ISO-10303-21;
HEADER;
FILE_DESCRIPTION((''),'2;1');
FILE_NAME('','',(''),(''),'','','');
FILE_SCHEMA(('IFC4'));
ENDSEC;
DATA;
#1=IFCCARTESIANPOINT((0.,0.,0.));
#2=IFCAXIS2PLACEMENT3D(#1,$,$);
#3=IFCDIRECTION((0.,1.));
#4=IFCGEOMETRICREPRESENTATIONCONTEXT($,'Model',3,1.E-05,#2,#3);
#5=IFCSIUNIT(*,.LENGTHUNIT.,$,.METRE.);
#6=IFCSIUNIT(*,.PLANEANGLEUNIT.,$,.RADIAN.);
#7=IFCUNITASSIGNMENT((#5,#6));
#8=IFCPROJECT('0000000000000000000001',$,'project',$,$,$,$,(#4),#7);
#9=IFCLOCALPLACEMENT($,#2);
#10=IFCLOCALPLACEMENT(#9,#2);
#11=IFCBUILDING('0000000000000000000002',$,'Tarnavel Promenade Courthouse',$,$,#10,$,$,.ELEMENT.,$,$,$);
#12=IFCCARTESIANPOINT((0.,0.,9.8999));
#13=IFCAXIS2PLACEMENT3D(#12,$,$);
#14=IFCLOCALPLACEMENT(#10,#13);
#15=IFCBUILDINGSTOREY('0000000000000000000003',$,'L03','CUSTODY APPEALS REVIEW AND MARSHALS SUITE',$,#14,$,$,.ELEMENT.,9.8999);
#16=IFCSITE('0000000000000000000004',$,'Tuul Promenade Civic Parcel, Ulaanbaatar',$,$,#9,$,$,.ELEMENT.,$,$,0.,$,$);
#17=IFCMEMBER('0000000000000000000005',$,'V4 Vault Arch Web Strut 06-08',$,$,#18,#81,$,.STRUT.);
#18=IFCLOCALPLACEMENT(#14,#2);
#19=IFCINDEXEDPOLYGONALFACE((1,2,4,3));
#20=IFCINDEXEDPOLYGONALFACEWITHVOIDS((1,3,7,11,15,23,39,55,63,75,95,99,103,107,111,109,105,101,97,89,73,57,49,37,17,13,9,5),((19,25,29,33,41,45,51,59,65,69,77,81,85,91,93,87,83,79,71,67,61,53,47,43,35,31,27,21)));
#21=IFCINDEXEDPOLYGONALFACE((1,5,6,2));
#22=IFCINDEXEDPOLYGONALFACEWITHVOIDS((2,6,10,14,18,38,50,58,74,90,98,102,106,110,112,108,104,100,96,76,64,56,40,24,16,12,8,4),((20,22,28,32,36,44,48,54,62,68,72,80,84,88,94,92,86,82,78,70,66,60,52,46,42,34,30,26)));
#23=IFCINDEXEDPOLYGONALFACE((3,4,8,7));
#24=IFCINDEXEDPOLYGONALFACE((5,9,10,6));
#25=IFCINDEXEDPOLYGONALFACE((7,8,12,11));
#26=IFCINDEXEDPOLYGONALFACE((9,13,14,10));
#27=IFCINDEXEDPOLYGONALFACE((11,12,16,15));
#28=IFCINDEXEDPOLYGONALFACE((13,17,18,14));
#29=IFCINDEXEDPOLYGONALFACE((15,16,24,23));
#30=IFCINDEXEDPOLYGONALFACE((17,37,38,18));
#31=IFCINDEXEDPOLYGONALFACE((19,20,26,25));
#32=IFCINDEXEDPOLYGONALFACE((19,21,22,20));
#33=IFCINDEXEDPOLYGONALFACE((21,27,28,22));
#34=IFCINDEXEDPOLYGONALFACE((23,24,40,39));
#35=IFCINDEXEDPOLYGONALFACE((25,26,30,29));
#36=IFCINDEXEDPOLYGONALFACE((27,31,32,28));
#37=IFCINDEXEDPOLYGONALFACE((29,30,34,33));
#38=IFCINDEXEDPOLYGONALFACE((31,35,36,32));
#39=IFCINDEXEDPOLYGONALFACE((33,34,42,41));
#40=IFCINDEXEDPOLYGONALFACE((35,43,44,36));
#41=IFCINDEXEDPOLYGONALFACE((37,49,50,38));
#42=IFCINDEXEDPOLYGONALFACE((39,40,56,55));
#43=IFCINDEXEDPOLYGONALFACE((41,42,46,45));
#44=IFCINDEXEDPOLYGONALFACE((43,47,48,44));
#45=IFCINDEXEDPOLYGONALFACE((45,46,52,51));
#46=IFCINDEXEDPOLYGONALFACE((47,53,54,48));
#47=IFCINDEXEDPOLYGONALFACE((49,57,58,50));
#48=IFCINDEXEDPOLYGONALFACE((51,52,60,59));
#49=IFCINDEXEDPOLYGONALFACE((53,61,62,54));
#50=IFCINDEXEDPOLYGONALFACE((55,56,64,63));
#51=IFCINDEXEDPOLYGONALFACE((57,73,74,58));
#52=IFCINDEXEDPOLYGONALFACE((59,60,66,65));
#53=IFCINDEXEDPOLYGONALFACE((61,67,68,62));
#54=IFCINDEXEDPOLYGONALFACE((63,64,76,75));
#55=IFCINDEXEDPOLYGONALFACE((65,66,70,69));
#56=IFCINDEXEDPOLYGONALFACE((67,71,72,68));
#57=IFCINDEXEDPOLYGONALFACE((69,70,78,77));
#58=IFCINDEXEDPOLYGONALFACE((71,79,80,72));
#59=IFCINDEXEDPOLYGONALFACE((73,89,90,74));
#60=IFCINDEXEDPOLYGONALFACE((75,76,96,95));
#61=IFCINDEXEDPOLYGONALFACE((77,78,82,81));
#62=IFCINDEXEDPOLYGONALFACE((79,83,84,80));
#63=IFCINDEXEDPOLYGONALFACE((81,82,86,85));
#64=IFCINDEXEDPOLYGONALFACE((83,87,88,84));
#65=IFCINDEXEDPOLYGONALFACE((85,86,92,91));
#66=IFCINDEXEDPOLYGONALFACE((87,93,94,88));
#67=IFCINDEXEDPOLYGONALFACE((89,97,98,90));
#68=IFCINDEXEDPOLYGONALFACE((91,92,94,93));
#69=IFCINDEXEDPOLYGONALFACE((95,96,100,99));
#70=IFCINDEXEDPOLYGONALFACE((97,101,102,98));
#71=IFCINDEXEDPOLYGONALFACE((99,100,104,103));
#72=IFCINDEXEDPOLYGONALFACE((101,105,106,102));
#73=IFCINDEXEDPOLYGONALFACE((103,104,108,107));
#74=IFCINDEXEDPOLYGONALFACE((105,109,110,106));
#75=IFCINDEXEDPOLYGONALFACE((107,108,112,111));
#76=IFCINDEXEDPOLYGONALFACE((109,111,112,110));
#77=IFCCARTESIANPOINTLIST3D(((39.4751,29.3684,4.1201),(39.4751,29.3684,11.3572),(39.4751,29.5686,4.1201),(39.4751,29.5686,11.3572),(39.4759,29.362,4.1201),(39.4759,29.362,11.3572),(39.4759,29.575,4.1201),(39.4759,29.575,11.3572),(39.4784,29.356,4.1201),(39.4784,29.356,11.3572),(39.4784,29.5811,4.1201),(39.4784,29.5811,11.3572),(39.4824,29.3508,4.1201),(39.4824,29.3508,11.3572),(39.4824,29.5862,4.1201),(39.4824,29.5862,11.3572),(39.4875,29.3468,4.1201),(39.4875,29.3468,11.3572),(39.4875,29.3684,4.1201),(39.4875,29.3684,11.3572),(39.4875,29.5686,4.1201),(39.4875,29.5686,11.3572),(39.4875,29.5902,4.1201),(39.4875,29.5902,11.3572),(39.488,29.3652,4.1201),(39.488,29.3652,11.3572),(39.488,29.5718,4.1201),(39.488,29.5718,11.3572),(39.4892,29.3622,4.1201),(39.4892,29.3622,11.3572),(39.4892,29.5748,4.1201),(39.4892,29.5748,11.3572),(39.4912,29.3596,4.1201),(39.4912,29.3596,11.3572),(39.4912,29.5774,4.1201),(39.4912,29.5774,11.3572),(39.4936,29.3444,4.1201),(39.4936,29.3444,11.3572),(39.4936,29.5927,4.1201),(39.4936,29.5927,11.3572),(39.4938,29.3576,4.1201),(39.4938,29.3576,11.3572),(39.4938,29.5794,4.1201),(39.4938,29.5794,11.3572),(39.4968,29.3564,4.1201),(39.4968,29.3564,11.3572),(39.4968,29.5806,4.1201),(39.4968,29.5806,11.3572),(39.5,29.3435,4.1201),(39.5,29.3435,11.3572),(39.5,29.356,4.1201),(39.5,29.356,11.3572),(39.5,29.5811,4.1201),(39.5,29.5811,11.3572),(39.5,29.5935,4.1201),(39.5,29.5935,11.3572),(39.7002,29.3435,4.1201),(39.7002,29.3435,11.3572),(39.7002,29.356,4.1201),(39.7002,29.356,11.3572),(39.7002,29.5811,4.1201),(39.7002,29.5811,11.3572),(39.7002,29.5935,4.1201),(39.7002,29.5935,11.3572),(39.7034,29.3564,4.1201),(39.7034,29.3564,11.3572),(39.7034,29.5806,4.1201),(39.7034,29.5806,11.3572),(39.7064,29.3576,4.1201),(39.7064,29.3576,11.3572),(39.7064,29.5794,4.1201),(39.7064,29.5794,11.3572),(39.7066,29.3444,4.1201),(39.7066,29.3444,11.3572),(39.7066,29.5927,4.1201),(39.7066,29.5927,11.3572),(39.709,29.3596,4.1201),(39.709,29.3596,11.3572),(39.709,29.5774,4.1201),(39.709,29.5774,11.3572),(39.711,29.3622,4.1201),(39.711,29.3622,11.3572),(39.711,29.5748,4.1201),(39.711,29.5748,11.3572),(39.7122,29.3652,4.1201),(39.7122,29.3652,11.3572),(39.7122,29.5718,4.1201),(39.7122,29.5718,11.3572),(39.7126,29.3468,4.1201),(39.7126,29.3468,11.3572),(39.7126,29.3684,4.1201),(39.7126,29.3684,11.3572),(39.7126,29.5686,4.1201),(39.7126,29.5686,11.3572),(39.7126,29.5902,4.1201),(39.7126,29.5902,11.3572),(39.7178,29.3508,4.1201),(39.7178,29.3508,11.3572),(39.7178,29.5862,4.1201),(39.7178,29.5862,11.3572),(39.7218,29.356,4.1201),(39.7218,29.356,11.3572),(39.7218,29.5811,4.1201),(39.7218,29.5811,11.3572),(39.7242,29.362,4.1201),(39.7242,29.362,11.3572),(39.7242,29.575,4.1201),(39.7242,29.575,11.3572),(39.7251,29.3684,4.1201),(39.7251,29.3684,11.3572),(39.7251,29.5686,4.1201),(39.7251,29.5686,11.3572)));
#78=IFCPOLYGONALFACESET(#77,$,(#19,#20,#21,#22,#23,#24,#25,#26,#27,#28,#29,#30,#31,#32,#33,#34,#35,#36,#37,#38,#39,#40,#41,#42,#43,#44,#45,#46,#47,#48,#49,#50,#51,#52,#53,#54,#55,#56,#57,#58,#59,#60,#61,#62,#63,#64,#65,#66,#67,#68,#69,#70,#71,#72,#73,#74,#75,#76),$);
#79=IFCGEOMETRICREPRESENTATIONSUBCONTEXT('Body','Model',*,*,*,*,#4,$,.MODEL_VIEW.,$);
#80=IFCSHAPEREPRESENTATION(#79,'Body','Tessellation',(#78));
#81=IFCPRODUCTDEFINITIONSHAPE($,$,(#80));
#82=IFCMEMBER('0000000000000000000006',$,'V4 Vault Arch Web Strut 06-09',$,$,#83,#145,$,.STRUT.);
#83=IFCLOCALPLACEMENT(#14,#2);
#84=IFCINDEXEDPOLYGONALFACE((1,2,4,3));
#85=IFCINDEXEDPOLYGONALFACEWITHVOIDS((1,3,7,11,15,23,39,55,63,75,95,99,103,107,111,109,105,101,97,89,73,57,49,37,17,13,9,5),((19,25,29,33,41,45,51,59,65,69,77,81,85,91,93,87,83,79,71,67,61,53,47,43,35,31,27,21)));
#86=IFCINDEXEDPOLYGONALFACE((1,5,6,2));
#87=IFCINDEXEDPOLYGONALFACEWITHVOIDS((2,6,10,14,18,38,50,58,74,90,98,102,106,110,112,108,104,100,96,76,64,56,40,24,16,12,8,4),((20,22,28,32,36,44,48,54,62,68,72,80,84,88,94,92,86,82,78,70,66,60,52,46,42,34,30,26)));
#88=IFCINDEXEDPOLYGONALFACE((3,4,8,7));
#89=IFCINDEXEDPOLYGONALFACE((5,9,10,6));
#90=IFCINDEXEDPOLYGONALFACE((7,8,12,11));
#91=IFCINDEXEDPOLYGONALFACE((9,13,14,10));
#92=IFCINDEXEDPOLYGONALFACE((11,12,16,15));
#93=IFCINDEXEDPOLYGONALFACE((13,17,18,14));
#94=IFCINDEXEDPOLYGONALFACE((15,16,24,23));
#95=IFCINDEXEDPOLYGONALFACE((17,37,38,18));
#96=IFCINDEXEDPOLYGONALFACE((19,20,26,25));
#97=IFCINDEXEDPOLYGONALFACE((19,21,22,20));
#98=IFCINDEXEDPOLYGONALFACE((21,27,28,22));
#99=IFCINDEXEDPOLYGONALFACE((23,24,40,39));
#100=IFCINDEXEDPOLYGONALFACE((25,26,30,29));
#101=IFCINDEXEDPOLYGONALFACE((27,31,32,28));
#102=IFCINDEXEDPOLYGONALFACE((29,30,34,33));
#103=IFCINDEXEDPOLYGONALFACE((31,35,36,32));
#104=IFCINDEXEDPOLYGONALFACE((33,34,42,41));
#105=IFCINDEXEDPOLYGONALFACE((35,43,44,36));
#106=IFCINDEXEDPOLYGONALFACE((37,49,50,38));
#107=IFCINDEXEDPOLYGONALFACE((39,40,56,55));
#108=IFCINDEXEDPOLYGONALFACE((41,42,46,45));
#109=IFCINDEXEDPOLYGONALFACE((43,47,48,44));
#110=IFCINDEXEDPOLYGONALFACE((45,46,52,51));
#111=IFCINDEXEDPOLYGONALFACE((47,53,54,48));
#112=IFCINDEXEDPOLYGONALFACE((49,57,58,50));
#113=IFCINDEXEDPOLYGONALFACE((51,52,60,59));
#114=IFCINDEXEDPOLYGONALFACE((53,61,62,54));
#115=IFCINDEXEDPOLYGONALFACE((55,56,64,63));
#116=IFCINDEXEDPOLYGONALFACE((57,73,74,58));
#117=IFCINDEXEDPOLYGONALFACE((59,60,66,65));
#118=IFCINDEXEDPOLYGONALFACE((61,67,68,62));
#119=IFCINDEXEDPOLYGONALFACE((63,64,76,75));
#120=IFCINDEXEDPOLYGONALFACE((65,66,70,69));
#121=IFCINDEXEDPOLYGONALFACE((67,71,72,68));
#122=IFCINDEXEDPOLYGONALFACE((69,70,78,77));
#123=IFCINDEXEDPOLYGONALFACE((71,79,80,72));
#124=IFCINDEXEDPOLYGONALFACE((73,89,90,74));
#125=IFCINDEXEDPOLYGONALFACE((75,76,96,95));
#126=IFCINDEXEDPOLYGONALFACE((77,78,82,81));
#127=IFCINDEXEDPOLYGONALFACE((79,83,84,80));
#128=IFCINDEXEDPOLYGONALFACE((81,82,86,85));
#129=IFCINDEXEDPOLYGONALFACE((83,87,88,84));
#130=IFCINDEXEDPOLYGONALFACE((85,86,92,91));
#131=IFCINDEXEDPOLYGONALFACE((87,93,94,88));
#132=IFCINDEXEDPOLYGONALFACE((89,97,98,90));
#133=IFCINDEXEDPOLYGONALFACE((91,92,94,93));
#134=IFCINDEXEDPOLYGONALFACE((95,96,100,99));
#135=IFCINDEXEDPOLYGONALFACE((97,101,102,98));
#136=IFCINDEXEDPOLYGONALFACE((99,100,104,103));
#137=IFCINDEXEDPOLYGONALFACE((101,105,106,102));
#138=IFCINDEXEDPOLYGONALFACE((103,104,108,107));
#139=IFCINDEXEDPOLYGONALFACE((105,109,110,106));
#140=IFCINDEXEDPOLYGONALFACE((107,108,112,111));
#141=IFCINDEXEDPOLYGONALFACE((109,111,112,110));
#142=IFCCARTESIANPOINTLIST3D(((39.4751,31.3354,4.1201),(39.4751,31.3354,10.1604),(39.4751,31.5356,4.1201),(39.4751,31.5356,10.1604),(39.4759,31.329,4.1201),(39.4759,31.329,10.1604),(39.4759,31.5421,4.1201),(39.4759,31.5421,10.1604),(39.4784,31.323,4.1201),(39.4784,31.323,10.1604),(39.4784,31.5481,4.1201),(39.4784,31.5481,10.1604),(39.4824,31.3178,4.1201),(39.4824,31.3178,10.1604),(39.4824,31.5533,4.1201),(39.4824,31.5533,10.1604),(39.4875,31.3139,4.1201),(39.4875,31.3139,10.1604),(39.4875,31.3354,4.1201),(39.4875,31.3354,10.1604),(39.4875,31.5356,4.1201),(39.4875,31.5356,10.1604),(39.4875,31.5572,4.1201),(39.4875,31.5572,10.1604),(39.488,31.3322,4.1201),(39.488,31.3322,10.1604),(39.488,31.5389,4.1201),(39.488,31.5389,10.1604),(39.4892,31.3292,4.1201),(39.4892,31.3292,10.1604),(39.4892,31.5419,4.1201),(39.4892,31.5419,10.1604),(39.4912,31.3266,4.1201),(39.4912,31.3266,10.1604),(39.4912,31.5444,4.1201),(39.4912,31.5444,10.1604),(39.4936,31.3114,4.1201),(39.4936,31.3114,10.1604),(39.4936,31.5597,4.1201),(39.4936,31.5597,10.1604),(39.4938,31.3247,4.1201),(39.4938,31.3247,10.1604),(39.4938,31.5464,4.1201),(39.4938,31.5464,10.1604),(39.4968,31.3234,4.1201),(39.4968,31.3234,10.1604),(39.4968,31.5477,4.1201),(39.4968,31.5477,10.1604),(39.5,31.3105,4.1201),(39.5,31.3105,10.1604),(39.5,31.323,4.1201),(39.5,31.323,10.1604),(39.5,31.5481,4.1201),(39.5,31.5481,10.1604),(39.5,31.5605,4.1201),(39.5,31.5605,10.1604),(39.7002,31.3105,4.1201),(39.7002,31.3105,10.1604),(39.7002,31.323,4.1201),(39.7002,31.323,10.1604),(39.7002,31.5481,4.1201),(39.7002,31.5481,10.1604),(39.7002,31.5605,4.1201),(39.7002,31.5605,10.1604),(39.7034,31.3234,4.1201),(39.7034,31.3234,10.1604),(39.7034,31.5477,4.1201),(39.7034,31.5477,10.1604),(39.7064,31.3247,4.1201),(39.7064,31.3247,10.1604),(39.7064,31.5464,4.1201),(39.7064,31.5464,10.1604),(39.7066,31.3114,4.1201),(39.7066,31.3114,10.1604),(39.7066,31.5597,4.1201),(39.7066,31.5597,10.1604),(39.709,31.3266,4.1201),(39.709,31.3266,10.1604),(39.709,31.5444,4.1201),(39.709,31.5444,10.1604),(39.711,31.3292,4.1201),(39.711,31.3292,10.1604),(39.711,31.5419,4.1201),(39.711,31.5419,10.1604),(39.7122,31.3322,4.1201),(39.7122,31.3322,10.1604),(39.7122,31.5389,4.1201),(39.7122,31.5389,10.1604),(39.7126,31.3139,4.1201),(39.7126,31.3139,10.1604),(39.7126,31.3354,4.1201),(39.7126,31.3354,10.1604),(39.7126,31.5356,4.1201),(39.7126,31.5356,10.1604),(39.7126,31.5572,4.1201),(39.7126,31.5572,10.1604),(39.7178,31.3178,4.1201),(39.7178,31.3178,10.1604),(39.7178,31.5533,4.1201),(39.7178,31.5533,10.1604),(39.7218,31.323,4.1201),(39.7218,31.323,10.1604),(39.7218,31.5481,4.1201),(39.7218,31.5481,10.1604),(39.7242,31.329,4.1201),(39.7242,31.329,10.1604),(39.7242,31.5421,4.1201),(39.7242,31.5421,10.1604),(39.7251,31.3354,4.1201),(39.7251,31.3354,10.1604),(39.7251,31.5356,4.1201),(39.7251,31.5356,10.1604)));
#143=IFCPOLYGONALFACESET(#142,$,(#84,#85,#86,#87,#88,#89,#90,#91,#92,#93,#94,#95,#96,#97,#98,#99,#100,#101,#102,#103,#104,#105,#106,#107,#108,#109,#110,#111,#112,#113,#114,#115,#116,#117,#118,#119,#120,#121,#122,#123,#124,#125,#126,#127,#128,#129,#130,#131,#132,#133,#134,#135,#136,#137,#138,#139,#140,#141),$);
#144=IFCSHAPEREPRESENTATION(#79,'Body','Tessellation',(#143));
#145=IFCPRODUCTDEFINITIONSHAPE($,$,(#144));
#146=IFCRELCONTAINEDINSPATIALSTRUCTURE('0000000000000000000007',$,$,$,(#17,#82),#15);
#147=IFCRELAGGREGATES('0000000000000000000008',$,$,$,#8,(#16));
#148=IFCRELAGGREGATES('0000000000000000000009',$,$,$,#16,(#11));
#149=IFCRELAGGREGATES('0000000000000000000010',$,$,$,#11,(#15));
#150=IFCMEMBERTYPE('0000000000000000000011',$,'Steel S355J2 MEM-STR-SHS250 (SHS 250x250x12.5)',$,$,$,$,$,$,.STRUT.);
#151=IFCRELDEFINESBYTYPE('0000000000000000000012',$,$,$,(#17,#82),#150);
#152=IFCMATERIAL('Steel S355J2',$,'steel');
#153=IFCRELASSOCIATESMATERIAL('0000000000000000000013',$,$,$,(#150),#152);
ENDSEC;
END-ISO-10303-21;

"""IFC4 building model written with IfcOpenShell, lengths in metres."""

from ifc_helpers import new_model, si_unit, direction, frame, origin, origin_2d, place, context, subcontext, project, spatial, hollow_rectangle, extrude, material, material_profile, profile_set, type_object, element, save


model = new_model("IFC4")

# Units and contexts
model_context = context("Model", 3, precision=1e-05, world=origin(), true_north=direction((0.0, 1.0)))
body_context = subcontext(model_context, "Body", "Model", "MODEL_VIEW")
ifc_project = project(units=[si_unit("LENGTHUNIT", "METRE"), si_unit("PLANEANGLEUNIT", "RADIAN")], contexts=[model_context])

# Site, building, storey
site_placement = place(None, origin())
site = spatial("IfcSite", under=ifc_project, at=site_placement, Name="Tuul Promenade Civic Parcel, Ulaanbaatar", CompositionType="ELEMENT", RefElevation=0.0)
building_placement = place(site_placement, origin())
building = spatial("IfcBuilding", under=site, at=building_placement, Name="Tarnavel Promenade Courthouse", CompositionType="ELEMENT")
storey_placement = place(building_placement, frame((0.0, 0.0, 9.8999)))
storey = spatial("IfcBuildingStorey", under=building, at=storey_placement, Name="L03", Description="CUSTODY APPEALS REVIEW AND MARSHALS SUITE", CompositionType="ELEMENT", Elevation=9.8999)

# Shared definitions
ifc_material_1 = material(Name="Steel S355J2", Category="steel")

# Members
ifc_material_profile_1 = material_profile(ifc_material_1, hollow_rectangle(XDim=0.25, YDim=0.25, WallThickness=0.0125, InnerFilletRadius=0.0125, OuterFilletRadius=0.0249, at=origin_2d()), Name="SHS 250x250x12.5")
ifc_profile_set_1 = profile_set([ifc_material_profile_1], Name="Steel S355J2")
member_type_1 = type_object("IfcMemberType", Name="Steel S355J2 MEM-STR-SHS250 (SHS 250x250x12.5)", PredefinedType="STRUT", material=ifc_profile_set_1)
member_1_placement = place(storey_placement, frame((39.6001, 29.4685, 4.1201), z_axis=(0.0, 0.0, 1.0), x_axis=(1.0, 0.0, 0.0)))
element("IfcMember", 1, at=member_1_placement, inside=storey, type_object=member_type_1, Name="V4 Vault Arch Web Strut 06-08", PredefinedType="STRUT", context=body_context, shape_type="SweptSolid", body=[
    extrude(hollow_rectangle(XDim=0.25, YDim=0.25, WallThickness=0.0125, InnerFilletRadius=0.0125, OuterFilletRadius=0.0249, at=origin_2d()), origin(), (0.0, 0.0, 1.0), 7.2371),
])
member_2_placement = place(storey_placement, frame((39.6001, 31.4355, 4.1201), z_axis=(0.0, 0.0, 1.0), x_axis=(1.0, 0.0, 0.0)))
element("IfcMember", 2, at=member_2_placement, inside=storey, type_object=member_type_1, Name="V4 Vault Arch Web Strut 06-09", PredefinedType="STRUT", context=body_context, shape_type="SweptSolid", body=[
    extrude(hollow_rectangle(XDim=0.25, YDim=0.25, WallThickness=0.0125, InnerFilletRadius=0.0125, OuterFilletRadius=0.0249, at=origin_2d()), origin(), (0.0, 0.0, 1.0), 6.0403),
])

save(model, "model.ifc")
